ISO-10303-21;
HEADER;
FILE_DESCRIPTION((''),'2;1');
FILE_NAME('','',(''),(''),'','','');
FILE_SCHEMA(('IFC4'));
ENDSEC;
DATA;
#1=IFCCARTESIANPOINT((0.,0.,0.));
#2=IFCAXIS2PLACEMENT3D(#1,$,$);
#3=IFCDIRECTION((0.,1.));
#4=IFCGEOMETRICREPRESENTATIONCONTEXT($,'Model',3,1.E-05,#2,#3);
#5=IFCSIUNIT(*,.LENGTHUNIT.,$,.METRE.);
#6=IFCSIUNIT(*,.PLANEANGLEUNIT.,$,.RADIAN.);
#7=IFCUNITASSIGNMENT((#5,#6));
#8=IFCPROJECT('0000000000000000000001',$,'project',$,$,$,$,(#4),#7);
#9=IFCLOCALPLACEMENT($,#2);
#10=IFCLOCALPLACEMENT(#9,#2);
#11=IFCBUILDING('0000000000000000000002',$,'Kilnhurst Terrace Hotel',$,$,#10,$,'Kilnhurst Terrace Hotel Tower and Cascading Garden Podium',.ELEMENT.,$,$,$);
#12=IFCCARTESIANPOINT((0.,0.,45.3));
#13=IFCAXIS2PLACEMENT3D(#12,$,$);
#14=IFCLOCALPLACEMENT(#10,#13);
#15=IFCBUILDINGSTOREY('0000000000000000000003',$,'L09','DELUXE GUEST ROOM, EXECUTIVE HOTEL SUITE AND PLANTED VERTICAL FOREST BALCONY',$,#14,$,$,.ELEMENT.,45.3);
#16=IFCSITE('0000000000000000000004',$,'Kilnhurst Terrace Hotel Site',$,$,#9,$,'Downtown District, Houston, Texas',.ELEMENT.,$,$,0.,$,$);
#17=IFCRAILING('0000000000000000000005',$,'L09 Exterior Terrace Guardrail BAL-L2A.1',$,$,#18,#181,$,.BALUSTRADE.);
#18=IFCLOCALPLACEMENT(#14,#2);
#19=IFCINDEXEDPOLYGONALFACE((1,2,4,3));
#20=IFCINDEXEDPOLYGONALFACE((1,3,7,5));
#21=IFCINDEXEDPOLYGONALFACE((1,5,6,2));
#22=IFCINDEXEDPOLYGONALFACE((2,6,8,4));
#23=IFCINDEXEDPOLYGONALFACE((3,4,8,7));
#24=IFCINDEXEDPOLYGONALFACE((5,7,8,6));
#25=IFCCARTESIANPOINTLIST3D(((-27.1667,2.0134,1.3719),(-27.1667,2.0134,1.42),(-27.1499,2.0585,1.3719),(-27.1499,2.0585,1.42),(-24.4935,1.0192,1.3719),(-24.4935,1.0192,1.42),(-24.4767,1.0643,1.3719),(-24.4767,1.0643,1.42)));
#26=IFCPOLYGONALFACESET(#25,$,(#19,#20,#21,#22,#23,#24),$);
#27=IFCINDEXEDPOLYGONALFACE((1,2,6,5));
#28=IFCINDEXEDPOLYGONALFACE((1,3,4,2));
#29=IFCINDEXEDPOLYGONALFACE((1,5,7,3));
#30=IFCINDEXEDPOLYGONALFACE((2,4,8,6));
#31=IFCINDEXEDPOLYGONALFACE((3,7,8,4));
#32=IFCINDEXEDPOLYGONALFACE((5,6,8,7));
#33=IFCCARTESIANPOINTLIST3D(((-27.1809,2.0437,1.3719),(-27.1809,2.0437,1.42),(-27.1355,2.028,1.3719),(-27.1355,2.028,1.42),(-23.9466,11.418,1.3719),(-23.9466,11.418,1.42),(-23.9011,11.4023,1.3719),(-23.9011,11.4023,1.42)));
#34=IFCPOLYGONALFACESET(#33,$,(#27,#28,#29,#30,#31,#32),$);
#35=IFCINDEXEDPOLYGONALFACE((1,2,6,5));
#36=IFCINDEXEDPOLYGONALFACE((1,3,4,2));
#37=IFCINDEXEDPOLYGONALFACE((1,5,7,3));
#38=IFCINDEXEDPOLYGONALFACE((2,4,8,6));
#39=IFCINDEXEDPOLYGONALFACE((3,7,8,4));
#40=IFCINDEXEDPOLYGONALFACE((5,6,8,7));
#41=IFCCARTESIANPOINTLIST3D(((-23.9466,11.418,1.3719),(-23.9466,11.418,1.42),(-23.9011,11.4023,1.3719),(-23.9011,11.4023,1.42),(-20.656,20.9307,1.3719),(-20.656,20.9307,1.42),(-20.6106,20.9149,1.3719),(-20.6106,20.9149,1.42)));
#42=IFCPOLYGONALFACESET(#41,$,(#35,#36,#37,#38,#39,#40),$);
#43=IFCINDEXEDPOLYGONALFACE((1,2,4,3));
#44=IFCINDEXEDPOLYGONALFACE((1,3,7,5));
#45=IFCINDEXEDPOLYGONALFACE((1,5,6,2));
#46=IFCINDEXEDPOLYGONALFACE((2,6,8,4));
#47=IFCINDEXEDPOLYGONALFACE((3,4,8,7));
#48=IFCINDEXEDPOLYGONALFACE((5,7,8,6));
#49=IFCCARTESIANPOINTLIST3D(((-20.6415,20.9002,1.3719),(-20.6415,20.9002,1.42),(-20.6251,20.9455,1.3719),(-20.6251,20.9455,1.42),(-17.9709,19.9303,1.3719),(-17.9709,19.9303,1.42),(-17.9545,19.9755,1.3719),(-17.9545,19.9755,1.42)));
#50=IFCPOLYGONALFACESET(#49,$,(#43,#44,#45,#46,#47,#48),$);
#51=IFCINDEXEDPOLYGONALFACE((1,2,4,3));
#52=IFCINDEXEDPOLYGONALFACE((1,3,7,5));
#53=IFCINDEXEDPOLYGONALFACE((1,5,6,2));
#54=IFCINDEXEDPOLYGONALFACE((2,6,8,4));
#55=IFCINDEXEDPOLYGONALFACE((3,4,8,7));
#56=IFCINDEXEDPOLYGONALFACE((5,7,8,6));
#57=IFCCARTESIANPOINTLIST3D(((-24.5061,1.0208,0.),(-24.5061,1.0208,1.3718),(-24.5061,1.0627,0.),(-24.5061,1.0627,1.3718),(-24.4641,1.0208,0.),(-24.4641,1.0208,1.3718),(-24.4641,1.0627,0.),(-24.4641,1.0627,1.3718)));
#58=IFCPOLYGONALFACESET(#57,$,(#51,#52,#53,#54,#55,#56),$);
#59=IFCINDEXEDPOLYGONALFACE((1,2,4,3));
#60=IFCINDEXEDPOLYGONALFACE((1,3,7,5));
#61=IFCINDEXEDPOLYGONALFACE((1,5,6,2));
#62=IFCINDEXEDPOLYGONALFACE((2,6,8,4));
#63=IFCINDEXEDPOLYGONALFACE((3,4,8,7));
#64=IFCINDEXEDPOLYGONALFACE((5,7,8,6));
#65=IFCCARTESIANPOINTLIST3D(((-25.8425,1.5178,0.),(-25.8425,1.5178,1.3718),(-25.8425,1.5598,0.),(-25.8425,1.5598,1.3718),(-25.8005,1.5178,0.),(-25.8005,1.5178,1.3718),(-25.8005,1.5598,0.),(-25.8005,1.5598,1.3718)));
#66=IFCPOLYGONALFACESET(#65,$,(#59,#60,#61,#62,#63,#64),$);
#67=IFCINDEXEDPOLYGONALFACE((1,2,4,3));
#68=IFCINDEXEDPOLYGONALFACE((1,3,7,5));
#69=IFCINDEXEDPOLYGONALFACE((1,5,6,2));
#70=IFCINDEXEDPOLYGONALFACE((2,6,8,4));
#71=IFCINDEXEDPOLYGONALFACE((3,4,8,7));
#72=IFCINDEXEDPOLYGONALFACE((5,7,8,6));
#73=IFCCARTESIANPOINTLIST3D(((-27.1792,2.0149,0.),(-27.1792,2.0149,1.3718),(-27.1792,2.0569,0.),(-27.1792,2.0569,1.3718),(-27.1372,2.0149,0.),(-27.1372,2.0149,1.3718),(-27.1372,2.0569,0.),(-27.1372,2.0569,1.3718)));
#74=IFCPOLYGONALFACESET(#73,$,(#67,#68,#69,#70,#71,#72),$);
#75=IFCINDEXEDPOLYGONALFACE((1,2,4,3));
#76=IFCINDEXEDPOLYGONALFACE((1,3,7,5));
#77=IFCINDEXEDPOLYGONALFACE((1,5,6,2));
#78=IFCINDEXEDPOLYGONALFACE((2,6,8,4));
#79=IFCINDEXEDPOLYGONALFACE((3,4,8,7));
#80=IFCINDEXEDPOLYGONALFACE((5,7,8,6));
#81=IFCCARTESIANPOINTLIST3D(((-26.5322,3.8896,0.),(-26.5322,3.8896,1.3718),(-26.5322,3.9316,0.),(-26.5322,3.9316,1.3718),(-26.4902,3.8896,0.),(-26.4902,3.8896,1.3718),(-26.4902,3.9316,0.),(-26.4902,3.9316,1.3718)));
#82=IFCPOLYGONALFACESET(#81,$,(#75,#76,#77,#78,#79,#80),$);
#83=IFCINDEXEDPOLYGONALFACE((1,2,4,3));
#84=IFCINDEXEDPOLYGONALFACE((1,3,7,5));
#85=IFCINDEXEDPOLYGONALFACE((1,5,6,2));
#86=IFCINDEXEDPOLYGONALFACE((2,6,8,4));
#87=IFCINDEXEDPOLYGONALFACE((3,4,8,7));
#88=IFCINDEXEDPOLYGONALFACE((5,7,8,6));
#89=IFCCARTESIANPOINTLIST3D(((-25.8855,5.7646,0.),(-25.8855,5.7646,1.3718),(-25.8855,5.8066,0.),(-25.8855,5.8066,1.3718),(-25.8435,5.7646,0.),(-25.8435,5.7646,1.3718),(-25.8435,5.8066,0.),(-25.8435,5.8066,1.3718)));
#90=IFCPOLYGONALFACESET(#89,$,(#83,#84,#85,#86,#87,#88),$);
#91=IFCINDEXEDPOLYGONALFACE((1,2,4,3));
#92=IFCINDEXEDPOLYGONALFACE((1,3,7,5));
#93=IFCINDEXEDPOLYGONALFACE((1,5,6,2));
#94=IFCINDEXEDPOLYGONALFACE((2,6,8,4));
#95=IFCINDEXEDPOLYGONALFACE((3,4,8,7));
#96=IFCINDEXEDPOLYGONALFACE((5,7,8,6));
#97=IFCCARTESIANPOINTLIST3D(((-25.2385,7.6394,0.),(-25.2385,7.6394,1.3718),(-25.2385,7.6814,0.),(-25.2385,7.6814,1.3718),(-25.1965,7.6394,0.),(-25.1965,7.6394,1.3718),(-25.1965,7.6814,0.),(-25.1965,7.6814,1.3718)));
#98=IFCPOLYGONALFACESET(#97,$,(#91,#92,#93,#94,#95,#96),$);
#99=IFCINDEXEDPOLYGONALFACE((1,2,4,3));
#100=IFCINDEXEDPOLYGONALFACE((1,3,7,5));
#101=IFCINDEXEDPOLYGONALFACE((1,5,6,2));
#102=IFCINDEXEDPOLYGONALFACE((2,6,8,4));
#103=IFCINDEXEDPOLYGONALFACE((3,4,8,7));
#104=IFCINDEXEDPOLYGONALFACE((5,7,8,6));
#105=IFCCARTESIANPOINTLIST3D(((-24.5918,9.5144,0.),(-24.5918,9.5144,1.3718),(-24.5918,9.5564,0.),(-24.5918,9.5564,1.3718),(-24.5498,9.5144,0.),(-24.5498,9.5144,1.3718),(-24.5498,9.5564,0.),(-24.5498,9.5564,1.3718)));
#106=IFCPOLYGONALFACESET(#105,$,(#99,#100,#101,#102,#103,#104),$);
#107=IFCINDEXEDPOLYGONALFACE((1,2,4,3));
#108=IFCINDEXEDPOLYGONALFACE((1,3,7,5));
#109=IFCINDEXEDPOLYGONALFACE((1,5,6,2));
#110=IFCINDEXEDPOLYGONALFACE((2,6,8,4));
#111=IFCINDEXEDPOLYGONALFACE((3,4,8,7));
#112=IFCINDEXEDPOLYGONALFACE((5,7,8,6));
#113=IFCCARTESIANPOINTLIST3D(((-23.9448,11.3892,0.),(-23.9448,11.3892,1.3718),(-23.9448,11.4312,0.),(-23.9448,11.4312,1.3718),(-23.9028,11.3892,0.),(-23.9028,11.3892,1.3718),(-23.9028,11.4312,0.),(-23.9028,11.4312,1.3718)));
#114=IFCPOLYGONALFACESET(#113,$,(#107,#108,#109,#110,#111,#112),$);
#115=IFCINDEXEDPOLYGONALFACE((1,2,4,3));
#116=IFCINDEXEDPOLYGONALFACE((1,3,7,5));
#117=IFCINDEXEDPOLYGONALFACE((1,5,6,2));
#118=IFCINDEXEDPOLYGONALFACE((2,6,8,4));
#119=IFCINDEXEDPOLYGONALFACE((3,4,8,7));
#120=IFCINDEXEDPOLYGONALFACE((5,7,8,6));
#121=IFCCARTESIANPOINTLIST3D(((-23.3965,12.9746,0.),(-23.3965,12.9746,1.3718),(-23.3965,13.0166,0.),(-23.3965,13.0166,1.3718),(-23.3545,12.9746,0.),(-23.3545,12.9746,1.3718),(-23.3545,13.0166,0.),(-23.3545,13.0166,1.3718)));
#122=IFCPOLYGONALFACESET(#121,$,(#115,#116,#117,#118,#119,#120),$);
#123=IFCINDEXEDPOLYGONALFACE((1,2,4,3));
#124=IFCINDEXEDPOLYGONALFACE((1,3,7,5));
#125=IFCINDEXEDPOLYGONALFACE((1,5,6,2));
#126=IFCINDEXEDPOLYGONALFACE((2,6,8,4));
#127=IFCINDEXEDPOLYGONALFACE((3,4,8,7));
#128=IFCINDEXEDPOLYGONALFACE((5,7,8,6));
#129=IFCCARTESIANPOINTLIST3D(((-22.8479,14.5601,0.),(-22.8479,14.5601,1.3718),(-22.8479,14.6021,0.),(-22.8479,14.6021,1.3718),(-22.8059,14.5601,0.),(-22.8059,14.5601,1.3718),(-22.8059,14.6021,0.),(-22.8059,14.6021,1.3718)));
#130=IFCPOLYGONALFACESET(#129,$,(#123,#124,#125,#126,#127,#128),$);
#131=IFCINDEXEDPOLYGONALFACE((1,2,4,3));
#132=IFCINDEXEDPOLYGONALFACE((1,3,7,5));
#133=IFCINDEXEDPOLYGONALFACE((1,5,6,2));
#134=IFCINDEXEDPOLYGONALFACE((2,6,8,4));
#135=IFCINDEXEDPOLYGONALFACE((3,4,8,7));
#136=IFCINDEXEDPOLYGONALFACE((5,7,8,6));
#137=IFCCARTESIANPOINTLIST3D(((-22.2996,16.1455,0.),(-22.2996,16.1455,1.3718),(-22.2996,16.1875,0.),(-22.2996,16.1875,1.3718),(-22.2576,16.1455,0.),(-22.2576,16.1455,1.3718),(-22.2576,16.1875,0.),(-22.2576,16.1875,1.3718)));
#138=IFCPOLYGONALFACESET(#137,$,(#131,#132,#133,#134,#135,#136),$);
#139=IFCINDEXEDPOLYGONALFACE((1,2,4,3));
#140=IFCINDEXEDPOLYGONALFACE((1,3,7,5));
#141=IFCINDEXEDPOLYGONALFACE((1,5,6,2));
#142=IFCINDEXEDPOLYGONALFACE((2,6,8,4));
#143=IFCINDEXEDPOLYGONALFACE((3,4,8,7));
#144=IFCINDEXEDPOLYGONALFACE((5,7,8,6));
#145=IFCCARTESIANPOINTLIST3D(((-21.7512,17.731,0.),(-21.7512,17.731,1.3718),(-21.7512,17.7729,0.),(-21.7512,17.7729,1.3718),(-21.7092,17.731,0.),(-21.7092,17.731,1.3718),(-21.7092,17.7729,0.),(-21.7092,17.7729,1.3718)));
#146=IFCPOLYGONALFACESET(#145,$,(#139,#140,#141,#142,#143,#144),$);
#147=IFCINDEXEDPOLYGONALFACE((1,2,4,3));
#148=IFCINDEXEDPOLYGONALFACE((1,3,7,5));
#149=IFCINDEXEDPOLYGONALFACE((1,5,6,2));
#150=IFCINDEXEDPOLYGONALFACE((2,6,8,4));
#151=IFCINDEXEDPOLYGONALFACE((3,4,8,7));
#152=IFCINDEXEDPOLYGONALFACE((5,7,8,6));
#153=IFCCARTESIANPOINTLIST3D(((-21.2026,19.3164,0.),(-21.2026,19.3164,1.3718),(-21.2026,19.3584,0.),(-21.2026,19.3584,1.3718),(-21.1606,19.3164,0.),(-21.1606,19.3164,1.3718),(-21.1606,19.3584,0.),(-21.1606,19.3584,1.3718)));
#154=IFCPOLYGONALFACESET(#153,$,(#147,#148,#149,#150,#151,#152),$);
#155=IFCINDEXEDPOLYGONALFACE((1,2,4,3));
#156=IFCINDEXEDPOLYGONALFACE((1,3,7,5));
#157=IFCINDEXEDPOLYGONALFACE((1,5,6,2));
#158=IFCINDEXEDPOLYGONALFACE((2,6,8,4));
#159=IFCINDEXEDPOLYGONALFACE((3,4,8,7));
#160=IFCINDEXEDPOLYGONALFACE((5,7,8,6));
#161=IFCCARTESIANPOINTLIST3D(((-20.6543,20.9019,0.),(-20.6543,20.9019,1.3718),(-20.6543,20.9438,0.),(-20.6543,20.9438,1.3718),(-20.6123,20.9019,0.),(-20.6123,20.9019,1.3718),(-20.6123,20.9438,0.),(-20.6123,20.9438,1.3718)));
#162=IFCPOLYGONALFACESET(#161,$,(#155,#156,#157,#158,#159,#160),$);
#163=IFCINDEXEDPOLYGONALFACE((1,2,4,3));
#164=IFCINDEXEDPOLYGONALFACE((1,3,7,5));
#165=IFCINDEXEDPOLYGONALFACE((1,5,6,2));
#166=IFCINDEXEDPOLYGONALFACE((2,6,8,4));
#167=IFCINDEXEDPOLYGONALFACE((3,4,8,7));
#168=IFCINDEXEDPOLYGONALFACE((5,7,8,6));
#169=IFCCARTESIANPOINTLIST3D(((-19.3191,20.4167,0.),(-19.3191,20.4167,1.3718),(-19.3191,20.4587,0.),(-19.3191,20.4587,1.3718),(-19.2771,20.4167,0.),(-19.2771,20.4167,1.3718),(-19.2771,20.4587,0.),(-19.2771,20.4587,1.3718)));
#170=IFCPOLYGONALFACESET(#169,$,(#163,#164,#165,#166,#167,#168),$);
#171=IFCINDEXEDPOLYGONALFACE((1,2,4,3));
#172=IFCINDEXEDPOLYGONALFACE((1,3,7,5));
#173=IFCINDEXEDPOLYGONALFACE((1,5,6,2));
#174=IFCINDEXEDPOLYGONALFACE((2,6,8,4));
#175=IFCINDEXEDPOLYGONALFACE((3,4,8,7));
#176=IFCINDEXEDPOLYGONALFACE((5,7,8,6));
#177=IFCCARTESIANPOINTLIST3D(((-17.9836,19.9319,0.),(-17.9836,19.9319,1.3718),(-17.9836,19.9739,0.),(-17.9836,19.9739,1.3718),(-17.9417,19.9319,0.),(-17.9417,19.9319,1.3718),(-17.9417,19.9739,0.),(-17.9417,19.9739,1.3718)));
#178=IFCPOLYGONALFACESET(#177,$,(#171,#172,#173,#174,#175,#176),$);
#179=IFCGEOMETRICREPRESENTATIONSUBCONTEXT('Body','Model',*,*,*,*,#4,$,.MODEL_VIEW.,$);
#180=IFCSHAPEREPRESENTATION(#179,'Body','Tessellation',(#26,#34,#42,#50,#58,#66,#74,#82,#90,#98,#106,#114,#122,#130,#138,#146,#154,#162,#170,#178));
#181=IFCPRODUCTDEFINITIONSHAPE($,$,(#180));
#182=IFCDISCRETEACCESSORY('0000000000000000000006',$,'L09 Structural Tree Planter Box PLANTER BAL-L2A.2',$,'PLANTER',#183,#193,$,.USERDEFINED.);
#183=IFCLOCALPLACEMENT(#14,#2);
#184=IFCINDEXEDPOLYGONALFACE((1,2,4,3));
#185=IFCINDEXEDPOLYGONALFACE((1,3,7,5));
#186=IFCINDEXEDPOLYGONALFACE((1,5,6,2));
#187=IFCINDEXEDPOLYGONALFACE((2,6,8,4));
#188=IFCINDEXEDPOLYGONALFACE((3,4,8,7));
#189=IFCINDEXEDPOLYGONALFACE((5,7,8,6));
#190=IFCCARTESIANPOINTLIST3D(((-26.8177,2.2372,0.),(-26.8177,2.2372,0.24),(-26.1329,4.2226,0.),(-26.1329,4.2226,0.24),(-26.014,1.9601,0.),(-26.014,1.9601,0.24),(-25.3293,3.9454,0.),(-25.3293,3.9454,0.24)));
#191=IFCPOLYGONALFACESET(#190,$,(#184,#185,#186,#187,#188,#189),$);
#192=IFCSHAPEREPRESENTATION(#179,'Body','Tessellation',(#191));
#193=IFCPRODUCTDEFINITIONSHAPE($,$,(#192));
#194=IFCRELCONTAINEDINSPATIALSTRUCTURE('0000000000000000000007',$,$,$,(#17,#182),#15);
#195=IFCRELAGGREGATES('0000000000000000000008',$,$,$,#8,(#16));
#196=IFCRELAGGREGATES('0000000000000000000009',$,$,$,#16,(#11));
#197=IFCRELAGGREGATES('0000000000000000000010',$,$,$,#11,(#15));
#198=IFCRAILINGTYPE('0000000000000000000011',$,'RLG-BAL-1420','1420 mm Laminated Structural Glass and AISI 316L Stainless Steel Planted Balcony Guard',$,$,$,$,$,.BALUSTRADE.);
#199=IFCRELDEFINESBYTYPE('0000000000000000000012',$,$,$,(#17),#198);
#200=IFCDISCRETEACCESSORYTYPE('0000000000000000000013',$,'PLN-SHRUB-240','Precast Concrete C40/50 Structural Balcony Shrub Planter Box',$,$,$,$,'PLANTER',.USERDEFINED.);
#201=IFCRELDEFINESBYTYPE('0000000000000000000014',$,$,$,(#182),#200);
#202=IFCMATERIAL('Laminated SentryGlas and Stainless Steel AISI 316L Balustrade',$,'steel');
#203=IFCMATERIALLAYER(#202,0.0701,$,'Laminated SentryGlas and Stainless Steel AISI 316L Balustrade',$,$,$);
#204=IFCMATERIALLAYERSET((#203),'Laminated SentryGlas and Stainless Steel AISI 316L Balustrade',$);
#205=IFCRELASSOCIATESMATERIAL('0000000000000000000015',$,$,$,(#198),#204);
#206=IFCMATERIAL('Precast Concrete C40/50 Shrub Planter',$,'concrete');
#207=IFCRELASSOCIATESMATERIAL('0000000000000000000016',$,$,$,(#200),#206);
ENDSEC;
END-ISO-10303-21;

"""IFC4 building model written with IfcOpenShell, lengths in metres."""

from ifc_helpers import new_model, si_unit, direction, frame, origin, origin_2d, place, context, subcontext, project, spatial, rectangle, extrude, material, layer, layer_set, type_object, element, save


model = new_model("IFC4")

# Units and contexts
model_context = context("Model", 3, precision=1e-05, world=origin(), true_north=direction((0.0, 1.0)))
body_context = subcontext(model_context, "Body", "Model", "MODEL_VIEW")
ifc_project = project(units=[si_unit("LENGTHUNIT", "METRE"), si_unit("PLANEANGLEUNIT", "RADIAN")], contexts=[model_context])

# Site, building, storey
site_placement = place(None, origin())
site = spatial("IfcSite", under=ifc_project, at=site_placement, Name="Kilnhurst Terrace Hotel Site", LongName="Downtown District, Houston, Texas", CompositionType="ELEMENT", RefElevation=0.0)
building_placement = place(site_placement, origin())
building = spatial("IfcBuilding", under=site, at=building_placement, Name="Kilnhurst Terrace Hotel", LongName="Kilnhurst Terrace Hotel Tower and Cascading Garden Podium", CompositionType="ELEMENT")
storey_placement = place(building_placement, frame((0.0, 0.0, 45.3)))
storey = spatial("IfcBuildingStorey", under=building, at=storey_placement, Name="L09", Description="DELUXE GUEST ROOM, EXECUTIVE HOTEL SUITE AND PLANTED VERTICAL FOREST BALCONY", CompositionType="ELEMENT", Elevation=45.3)

# Railing
ifc_material_1 = material(Name="Laminated SentryGlas and Stainless Steel AISI 316L Balustrade", Category="steel")
ifc_layer_1 = layer(ifc_material_1, 0.0701, Name="Laminated SentryGlas and Stainless Steel AISI 316L Balustrade")
ifc_layer_set_1 = layer_set([ifc_layer_1], Name="Laminated SentryGlas and Stainless Steel AISI 316L Balustrade")
railing_type = type_object("IfcRailingType", Name="RLG-BAL-1420", Description="1420 mm Laminated Structural Glass and AISI 316L Stainless Steel Planted Balcony Guard", PredefinedType="BALUSTRADE", material=ifc_layer_set_1)
railing_placement = place(storey_placement, frame((-24.4851, 1.0417, 0.0)))
element("IfcRailing", 1, at=railing_placement, inside=storey, type_object=railing_type, Name="L09 Exterior Terrace Guardrail BAL-L2A.1", PredefinedType="BALUSTRADE", context=body_context, shape_type="SweptSolid", body=[
    extrude(rectangle(XDim=0.0481, YDim=0.0481, at=origin_2d()), frame((0.0, 0.0, 1.396), z_axis=(-0.937279, 0.34858, 0.0), x_axis=(-0.34858, -0.937279, 0.0)), (0.0, 0.0, 1.0), 2.8521),
    extrude(rectangle(XDim=0.0481, YDim=0.0481, at=origin_2d()), frame((-2.6731, 0.9941, 1.396), z_axis=(0.326159, 0.945315, 0.0), x_axis=(-0.945315, 0.326159, 0.0)), (0.0, 0.0, 1.0), 9.9165),
    extrude(rectangle(XDim=0.0481, YDim=0.0481, at=origin_2d()), frame((0.5613, 10.3684, 1.396), z_axis=(0.326904, 0.945058, 0.0), x_axis=(-0.945058, 0.326904, 0.0)), (0.0, 0.0, 1.0), 10.0657),
    extrude(rectangle(XDim=0.0481, YDim=0.0481, at=origin_2d()), frame((3.8518, 19.8811, 1.396), z_axis=(0.939926, -0.341377, 0.0), x_axis=(0.341377, 0.939926, 0.0)), (0.0, 0.0, 1.0), 2.8413),
    extrude(rectangle(XDim=0.042, YDim=0.042, at=origin_2d()), origin(), (0.0, 0.0, 1.0), 1.3718),
    extrude(rectangle(XDim=0.042, YDim=0.042, at=origin_2d()), frame((-1.3364, 0.4971, 0.0)), (0.0, 0.0, 1.0), 1.3718),
    extrude(rectangle(XDim=0.042, YDim=0.042, at=origin_2d()), frame((-2.6731, 0.9941, 0.0)), (0.0, 0.0, 1.0), 1.3718),
    extrude(rectangle(XDim=0.042, YDim=0.042, at=origin_2d()), frame((-2.0261, 2.8689, 0.0)), (0.0, 0.0, 1.0), 1.3718),
    extrude(rectangle(XDim=0.042, YDim=0.042, at=origin_2d()), frame((-1.3794, 4.7439, 0.0)), (0.0, 0.0, 1.0), 1.3718),
    extrude(rectangle(XDim=0.042, YDim=0.042, at=origin_2d()), frame((-0.7324, 6.6187, 0.0)), (0.0, 0.0, 1.0), 1.3718),
    extrude(rectangle(XDim=0.042, YDim=0.042, at=origin_2d()), frame((-0.0857, 8.4937, 0.0)), (0.0, 0.0, 1.0), 1.3718),
    extrude(rectangle(XDim=0.042, YDim=0.042, at=origin_2d()), frame((0.5613, 10.3684, 0.0)), (0.0, 0.0, 1.0), 1.3718),
    extrude(rectangle(XDim=0.042, YDim=0.042, at=origin_2d()), frame((1.1096, 11.9539, 0.0)), (0.0, 0.0, 1.0), 1.3718),
    extrude(rectangle(XDim=0.042, YDim=0.042, at=origin_2d()), frame((1.6582, 13.5393, 0.0)), (0.0, 0.0, 1.0), 1.3718),
    extrude(rectangle(XDim=0.042, YDim=0.042, at=origin_2d()), frame((2.2065, 15.1248, 0.0)), (0.0, 0.0, 1.0), 1.3718),
    extrude(rectangle(XDim=0.042, YDim=0.042, at=origin_2d()), frame((2.7549, 16.7102, 0.0)), (0.0, 0.0, 1.0), 1.3718),
    extrude(rectangle(XDim=0.042, YDim=0.042, at=origin_2d()), frame((3.3035, 18.2957, 0.0)), (0.0, 0.0, 1.0), 1.3718),
    extrude(rectangle(XDim=0.042, YDim=0.042, at=origin_2d()), frame((3.8518, 19.8811, 0.0)), (0.0, 0.0, 1.0), 1.3718),
    extrude(rectangle(XDim=0.042, YDim=0.042, at=origin_2d()), frame((5.187, 19.396, 0.0)), (0.0, 0.0, 1.0), 1.3718),
    extrude(rectangle(XDim=0.042, YDim=0.042, at=origin_2d()), frame((6.5225, 18.9111, 0.0)), (0.0, 0.0, 1.0), 1.3718),
])

# Discrete accessory
ifc_material_2 = material(Name="Precast Concrete C40/50 Shrub Planter", Category="concrete")
discrete_accessory_type = type_object("IfcDiscreteAccessoryType", Name="PLN-SHRUB-240", Description="Precast Concrete C40/50 Structural Balcony Shrub Planter Box", ElementType="PLANTER", PredefinedType="USERDEFINED", material=ifc_material_2)
discrete_accessory_placement = place(storey_placement, frame((-26.0735, 3.0913, 0.0), z_axis=(0.0, 0.0, 1.0), x_axis=(-0.326063, -0.945348, 0.0)))
element("IfcDiscreteAccessory", 2, at=discrete_accessory_placement, inside=storey, type_object=discrete_accessory_type, Name="L09 Structural Tree Planter Box PLANTER BAL-L2A.2", ObjectType="PLANTER", PredefinedType="USERDEFINED", context=body_context, shape_type="SweptSolid", body=[
    extrude(rectangle(XDim=2.1001, YDim=0.8501, at=origin_2d()), origin(), (0.0, 0.0, 1.0), 0.24),
])

save(model, "model.ifc")
